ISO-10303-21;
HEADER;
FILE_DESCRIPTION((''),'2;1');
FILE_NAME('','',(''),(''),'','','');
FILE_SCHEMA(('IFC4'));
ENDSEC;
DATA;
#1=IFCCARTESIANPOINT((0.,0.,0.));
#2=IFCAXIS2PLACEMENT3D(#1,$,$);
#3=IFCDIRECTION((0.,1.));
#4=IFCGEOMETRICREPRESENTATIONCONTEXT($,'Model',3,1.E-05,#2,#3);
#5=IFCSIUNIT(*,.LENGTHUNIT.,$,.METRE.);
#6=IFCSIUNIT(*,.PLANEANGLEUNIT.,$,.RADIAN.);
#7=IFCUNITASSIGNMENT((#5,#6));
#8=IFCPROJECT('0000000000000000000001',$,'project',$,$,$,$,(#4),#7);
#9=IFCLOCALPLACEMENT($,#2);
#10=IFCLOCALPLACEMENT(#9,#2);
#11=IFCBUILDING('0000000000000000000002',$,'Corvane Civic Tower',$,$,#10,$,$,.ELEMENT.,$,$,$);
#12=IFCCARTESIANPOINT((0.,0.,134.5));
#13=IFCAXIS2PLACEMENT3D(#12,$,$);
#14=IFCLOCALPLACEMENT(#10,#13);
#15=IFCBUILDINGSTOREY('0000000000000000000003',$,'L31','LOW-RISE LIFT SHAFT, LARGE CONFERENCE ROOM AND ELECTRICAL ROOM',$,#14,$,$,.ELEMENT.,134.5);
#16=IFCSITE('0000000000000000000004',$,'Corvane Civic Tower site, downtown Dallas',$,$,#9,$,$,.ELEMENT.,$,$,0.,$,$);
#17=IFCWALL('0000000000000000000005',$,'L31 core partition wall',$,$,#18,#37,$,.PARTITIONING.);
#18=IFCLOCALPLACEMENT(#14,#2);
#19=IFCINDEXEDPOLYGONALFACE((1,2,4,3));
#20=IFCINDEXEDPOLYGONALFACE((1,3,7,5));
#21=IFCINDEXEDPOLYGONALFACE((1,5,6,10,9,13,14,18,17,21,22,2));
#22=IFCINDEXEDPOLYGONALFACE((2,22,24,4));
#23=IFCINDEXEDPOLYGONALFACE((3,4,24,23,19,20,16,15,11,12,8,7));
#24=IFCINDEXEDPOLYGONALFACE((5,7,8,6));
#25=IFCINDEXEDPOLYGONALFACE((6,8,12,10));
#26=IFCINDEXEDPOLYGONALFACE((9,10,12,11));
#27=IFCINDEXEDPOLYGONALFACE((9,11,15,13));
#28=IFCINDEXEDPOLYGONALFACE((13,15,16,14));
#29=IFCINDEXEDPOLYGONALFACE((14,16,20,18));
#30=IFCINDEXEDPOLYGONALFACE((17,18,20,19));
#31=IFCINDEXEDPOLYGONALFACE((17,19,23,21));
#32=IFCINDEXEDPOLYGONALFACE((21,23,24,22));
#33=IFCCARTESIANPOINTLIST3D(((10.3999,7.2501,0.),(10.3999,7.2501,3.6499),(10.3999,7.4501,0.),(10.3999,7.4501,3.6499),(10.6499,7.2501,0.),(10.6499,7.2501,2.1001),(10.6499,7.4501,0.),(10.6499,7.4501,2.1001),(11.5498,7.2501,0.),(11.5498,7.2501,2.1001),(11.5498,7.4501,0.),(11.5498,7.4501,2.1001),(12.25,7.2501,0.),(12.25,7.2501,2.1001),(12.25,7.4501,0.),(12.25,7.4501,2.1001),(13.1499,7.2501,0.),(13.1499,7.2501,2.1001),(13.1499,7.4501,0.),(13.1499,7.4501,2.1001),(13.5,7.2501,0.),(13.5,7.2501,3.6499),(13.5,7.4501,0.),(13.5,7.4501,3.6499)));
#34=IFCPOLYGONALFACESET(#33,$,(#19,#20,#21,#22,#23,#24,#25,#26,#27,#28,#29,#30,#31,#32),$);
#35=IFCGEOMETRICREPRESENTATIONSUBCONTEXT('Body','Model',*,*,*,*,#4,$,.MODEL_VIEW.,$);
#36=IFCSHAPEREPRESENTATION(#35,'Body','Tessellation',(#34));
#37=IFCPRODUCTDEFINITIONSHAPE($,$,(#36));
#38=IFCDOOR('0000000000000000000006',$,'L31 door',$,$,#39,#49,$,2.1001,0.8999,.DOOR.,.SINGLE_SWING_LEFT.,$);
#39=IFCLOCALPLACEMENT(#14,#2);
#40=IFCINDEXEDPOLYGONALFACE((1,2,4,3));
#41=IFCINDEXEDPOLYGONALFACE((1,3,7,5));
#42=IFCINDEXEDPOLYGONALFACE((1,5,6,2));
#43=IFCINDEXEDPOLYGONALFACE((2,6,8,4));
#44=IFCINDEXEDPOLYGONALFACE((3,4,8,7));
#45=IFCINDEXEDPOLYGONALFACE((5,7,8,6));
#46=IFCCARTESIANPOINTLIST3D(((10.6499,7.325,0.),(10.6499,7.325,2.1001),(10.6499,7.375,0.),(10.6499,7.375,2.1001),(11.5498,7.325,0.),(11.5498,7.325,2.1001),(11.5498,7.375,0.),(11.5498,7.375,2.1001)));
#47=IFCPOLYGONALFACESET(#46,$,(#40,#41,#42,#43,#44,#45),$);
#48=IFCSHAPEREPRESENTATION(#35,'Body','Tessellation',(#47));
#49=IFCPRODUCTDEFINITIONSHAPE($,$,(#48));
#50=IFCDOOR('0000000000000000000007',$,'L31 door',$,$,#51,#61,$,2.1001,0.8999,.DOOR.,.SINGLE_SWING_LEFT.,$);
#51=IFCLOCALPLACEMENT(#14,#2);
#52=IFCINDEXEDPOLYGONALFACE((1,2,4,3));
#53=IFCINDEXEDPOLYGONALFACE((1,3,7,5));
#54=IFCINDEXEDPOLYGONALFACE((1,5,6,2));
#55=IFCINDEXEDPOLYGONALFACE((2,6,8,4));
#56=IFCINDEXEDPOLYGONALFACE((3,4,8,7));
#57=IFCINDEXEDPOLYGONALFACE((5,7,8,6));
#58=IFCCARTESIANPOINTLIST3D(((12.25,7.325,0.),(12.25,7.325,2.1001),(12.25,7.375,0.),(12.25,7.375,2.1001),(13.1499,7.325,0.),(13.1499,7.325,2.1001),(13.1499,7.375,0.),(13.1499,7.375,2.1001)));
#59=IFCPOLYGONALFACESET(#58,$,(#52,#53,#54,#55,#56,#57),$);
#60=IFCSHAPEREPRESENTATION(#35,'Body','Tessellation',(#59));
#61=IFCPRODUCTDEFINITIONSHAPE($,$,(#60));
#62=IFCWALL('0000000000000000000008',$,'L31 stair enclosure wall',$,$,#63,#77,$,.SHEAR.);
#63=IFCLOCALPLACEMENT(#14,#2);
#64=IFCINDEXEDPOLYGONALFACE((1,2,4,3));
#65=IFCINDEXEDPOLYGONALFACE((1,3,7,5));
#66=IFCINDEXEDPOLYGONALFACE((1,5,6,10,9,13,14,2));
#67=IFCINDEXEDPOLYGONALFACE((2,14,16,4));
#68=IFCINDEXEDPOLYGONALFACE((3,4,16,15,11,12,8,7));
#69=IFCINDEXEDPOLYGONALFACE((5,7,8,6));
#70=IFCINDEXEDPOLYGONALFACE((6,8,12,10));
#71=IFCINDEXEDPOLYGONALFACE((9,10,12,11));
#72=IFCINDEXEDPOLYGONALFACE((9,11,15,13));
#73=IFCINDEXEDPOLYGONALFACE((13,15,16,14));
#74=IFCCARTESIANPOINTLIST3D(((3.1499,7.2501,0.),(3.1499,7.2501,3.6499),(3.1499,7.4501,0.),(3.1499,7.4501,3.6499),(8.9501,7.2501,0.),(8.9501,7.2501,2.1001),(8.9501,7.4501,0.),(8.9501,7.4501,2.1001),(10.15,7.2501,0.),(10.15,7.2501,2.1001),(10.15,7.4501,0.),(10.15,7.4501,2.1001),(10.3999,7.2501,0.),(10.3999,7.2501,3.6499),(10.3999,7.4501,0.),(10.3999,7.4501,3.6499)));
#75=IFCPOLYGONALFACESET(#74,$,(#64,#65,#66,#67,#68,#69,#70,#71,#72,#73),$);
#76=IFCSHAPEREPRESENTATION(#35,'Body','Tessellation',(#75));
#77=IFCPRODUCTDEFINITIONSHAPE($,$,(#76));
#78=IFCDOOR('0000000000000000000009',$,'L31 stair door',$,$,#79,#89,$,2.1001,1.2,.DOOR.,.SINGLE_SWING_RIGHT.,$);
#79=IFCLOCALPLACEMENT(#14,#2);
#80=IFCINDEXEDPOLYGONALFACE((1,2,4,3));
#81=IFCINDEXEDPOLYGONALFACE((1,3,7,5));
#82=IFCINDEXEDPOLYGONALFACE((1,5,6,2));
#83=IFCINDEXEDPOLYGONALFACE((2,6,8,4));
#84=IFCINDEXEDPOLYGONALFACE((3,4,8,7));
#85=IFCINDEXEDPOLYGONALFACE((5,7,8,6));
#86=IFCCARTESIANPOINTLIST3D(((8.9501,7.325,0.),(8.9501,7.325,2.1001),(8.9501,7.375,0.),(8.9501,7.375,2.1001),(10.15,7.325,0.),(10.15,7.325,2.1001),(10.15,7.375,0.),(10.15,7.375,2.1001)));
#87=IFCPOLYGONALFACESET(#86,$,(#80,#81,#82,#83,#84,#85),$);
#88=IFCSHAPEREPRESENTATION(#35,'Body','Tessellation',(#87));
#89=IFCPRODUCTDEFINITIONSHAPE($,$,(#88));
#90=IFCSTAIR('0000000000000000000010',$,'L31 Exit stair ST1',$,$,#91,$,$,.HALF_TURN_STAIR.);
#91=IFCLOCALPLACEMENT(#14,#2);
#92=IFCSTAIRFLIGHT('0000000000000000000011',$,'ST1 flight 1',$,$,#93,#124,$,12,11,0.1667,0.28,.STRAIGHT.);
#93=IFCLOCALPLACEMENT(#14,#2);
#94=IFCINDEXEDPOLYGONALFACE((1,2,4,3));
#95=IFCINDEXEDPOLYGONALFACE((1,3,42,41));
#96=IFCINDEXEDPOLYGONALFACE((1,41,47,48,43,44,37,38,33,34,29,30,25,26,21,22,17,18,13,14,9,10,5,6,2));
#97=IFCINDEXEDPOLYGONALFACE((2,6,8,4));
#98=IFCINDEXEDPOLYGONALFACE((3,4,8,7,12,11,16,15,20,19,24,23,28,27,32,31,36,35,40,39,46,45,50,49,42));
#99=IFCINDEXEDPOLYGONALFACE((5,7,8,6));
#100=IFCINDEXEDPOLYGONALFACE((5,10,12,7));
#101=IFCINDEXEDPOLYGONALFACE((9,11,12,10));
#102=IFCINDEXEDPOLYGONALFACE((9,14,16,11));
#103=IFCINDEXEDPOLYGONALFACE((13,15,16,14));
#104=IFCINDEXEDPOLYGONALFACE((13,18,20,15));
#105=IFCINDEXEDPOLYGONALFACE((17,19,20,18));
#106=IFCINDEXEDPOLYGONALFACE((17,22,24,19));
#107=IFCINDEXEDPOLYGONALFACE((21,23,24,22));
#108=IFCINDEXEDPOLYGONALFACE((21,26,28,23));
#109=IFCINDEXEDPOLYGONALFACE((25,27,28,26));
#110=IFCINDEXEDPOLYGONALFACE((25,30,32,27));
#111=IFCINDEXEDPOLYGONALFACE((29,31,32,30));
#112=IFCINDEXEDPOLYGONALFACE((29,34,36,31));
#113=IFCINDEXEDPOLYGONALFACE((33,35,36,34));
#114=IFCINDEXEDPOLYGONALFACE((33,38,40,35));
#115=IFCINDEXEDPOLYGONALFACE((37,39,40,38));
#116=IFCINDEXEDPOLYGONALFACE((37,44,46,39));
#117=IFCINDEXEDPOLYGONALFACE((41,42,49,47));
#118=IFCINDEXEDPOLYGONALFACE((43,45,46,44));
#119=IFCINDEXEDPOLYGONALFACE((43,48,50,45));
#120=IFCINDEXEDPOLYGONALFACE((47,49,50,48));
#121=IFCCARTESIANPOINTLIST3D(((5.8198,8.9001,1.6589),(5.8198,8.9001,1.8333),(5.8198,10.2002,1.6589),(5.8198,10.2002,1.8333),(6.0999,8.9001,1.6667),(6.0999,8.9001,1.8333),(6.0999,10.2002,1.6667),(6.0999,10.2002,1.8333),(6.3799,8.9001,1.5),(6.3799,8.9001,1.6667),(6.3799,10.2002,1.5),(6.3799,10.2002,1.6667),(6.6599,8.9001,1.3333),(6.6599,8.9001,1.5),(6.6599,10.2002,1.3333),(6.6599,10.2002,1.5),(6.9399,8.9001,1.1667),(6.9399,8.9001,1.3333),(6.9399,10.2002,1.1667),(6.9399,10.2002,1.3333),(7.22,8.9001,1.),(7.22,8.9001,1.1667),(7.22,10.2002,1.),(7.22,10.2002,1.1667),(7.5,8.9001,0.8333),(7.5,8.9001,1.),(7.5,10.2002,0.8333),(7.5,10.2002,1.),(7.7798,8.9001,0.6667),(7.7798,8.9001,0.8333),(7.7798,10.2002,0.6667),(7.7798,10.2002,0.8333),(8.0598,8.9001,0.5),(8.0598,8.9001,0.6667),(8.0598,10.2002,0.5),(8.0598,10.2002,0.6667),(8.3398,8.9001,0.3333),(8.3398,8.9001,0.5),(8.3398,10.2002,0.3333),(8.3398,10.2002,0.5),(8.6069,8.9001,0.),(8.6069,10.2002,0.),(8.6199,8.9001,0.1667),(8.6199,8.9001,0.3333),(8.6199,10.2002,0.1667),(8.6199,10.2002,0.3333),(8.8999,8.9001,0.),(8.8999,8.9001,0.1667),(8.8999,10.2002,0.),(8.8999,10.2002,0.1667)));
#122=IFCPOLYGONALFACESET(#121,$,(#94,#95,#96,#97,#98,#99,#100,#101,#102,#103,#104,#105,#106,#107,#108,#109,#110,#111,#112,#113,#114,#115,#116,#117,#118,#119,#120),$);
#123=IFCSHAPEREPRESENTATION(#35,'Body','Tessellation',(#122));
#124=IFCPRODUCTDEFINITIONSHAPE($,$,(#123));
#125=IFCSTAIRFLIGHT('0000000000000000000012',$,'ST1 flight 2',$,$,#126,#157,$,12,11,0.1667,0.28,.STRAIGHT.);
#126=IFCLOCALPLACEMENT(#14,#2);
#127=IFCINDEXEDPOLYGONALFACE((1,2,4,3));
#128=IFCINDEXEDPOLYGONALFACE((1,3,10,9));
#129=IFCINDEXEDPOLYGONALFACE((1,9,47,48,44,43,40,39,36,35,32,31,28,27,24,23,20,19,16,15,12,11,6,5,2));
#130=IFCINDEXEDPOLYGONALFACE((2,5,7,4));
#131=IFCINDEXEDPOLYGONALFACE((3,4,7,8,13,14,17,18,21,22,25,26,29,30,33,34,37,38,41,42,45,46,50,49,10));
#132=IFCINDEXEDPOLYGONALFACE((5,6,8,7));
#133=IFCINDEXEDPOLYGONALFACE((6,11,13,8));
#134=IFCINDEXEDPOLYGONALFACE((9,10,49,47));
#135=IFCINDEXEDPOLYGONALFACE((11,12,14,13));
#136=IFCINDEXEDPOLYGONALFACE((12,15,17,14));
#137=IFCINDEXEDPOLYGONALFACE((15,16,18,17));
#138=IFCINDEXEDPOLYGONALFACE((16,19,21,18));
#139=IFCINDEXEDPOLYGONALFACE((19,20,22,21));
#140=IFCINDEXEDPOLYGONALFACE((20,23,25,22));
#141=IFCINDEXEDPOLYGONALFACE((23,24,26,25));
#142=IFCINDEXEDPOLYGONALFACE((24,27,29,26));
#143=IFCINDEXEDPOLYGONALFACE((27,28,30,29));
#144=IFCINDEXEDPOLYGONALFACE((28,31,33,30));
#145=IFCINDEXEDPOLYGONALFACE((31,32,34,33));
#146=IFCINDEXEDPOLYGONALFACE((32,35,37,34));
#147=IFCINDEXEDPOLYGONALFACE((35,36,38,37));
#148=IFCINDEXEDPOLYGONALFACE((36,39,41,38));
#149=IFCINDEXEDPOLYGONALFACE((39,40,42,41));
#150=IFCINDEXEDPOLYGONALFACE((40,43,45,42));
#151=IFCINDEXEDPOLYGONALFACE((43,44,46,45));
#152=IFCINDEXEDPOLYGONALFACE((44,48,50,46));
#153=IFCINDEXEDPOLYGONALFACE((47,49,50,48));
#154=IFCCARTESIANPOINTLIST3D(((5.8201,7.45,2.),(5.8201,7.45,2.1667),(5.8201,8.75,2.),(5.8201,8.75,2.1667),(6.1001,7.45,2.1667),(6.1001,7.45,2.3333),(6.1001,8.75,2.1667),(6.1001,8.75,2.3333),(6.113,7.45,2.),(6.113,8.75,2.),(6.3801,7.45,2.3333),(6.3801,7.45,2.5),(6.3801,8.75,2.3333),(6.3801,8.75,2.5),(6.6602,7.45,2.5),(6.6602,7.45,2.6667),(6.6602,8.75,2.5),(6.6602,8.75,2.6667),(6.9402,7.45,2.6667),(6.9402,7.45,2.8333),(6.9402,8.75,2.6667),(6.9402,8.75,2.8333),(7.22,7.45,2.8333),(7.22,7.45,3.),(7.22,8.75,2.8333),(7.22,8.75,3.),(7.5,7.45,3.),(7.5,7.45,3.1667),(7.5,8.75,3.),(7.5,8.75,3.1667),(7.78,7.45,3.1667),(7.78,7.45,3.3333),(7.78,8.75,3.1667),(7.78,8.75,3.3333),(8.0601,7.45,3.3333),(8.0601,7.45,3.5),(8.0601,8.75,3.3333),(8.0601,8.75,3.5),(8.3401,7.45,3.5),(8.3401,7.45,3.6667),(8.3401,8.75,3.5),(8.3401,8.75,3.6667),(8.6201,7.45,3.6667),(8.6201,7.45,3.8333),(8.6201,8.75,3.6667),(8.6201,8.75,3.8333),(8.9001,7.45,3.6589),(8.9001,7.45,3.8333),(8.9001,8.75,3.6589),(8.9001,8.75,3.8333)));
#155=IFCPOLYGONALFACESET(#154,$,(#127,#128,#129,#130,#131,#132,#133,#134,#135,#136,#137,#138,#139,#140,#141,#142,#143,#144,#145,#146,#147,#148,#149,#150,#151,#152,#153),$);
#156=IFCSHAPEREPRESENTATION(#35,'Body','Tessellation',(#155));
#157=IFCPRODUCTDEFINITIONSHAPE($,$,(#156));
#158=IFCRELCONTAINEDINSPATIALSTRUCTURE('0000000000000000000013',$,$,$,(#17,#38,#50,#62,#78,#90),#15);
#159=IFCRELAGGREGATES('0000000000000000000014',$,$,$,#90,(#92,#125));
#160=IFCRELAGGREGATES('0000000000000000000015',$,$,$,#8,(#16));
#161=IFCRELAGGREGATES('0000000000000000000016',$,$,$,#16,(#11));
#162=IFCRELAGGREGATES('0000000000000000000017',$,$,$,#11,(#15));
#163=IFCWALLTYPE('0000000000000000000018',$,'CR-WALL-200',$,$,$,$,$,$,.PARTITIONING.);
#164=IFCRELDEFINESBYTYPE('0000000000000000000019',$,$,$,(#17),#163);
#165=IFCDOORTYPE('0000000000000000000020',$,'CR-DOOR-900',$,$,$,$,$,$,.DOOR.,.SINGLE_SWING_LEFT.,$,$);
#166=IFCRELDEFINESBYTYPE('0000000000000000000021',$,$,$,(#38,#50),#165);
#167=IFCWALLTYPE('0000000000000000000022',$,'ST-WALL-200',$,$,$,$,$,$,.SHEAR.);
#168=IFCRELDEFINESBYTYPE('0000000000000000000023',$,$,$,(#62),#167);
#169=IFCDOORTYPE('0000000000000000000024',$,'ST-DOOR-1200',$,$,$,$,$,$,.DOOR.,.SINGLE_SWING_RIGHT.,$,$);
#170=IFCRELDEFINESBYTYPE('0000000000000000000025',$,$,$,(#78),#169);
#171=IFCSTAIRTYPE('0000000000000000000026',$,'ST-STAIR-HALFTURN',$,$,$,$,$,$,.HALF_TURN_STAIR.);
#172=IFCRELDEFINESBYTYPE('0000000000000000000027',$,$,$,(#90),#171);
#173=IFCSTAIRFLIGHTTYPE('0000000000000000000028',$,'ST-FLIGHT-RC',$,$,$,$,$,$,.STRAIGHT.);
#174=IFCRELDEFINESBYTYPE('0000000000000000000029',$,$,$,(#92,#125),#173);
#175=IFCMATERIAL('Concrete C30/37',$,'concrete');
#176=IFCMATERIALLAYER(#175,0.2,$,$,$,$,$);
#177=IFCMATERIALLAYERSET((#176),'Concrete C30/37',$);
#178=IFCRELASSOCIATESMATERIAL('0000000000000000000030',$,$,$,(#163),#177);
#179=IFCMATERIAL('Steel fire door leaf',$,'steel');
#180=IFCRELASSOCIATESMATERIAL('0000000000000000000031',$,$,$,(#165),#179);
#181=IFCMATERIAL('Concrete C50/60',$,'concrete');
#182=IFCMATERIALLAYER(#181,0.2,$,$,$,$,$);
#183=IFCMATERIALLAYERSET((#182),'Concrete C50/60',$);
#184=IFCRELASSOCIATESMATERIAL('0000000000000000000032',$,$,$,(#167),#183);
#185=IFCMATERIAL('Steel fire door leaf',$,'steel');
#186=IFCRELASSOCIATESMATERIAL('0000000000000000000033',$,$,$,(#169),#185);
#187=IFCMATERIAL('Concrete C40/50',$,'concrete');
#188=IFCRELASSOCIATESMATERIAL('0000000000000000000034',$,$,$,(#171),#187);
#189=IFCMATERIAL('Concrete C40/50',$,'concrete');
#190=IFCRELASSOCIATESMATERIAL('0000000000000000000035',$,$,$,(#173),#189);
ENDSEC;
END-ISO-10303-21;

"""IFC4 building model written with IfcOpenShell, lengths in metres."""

from ifc_helpers import new_model, si_unit, direction, frame, frame_2d, origin, place, context, subcontext, project, spatial, polyline, rectangle, outline, extrude, material, layer, layer_set, type_object, element, fill, aggregate, save


model = new_model("IFC4")

# Units and contexts
model_context = context("Model", 3, precision=1e-05, world=origin(), true_north=direction((0.0, 1.0)))
body_context = subcontext(model_context, "Body", "Model", "MODEL_VIEW")
ifc_project = project(units=[si_unit("LENGTHUNIT", "METRE"), si_unit("PLANEANGLEUNIT", "RADIAN")], contexts=[model_context])

# Site, building, storey
site_placement = place(None, origin())
site = spatial("IfcSite", under=ifc_project, at=site_placement, Name="Corvane Civic Tower site, downtown Dallas", CompositionType="ELEMENT", RefElevation=0.0)
building_placement = place(site_placement, origin())
building = spatial("IfcBuilding", under=site, at=building_placement, Name="Corvane Civic Tower", CompositionType="ELEMENT")
storey_placement = place(building_placement, frame((0.0, 0.0, 134.5)))
storey = spatial("IfcBuildingStorey", under=building, at=storey_placement, Name="L31", Description="LOW-RISE LIFT SHAFT, LARGE CONFERENCE ROOM AND ELECTRICAL ROOM", CompositionType="ELEMENT", Elevation=134.5)

# Wall, openings, doors
ifc_material_1 = material(Name="Concrete C30/37", Category="concrete")
ifc_layer_1 = layer(ifc_material_1, 0.2)
ifc_layer_set_1 = layer_set([ifc_layer_1], Name="Concrete C30/37")
wall_type_1 = type_object("IfcWallType", Name="CR-WALL-200", PredefinedType="PARTITIONING", material=ifc_layer_set_1)
wall_1_placement = place(storey_placement, frame((10.3999, 7.3501, 0.0), z_axis=(0.0, 0.0, 1.0), x_axis=(1.0, 0.0, 0.0)))
wall_1 = element("IfcWall", 1, at=wall_1_placement, inside=storey, type_object=wall_type_1, Name="L31 core partition wall", PredefinedType="PARTITIONING", context=body_context, shape_type="SweptSolid", body=[
    extrude(rectangle(XDim=3.1001, YDim=0.2, at=frame_2d((1.55, 0.0))), origin(), (0.0, 0.0, 1.0), 3.6499),
])
opening_1_placement = place(wall_1_placement, frame((0.25, 0.0, 0.0)))
opening_1 = element("IfcOpeningElement", 2, at=opening_1_placement, cuts=wall_1, PredefinedType="OPENING", context=body_context, shape_type="SweptSolid", body=[
    extrude(rectangle(XDim=0.8999, YDim=2.1001, at=frame_2d((0.45, 1.05))), frame((0.0, 0.1099, 0.0), z_axis=(0.0, -1.0, 0.0), x_axis=(1.0, 0.0, 0.0)), (0.0, 0.0, 1.0), 0.22),
])
opening_2_placement = place(wall_1_placement, frame((1.8501, 0.0, 0.0)))
opening_2 = element("IfcOpeningElement", 3, at=opening_2_placement, cuts=wall_1, PredefinedType="OPENING", context=body_context, shape_type="SweptSolid", body=[
    extrude(rectangle(XDim=0.8999, YDim=2.1001, at=frame_2d((0.45, 1.05))), frame((0.0, 0.1099, 0.0), z_axis=(0.0, -1.0, 0.0), x_axis=(1.0, 0.0, 0.0)), (0.0, 0.0, 1.0), 0.22),
])
ifc_material_2 = material(Name="Steel fire door leaf", Category="steel")
door_type_1 = type_object("IfcDoorType", Name="CR-DOOR-900", OperationType="SINGLE_SWING_LEFT", PredefinedType="DOOR", material=ifc_material_2)
door_1_placement = place(opening_1_placement, origin())
door_1 = element("IfcDoor", 4, at=door_1_placement, inside=storey, type_object=door_type_1, Name="L31 door", OperationType="SINGLE_SWING_LEFT", OverallHeight=2.1001, OverallWidth=0.8999, PredefinedType="DOOR", context=body_context, shape_type="SweptSolid", body=[
    extrude(rectangle(XDim=0.8999, YDim=2.1001, at=frame_2d((0.45, 1.05))), frame((0.0, 0.0249, 0.0), z_axis=(0.0, -1.0, 0.0), x_axis=(1.0, 0.0, 0.0)), (0.0, 0.0, 1.0), 0.05),
])
fill(opening_1, door_1)
door_2_placement = place(opening_2_placement, origin())
door_2 = element("IfcDoor", 5, at=door_2_placement, inside=storey, type_object=door_type_1, Name="L31 door", OperationType="SINGLE_SWING_LEFT", OverallHeight=2.1001, OverallWidth=0.8999, PredefinedType="DOOR", context=body_context, shape_type="SweptSolid", body=[
    extrude(rectangle(XDim=0.8999, YDim=2.1001, at=frame_2d((0.45, 1.05))), frame((0.0, 0.0249, 0.0), z_axis=(0.0, -1.0, 0.0), x_axis=(1.0, 0.0, 0.0)), (0.0, 0.0, 1.0), 0.05),
])
fill(opening_2, door_2)

# Wall, opening, door
ifc_material_3 = material(Name="Concrete C50/60", Category="concrete")
ifc_layer_2 = layer(ifc_material_3, 0.2)
ifc_layer_set_2 = layer_set([ifc_layer_2], Name="Concrete C50/60")
wall_type_2 = type_object("IfcWallType", Name="ST-WALL-200", PredefinedType="SHEAR", material=ifc_layer_set_2)
wall_2_placement = place(storey_placement, frame((3.1499, 7.3501, 0.0), z_axis=(0.0, 0.0, 1.0), x_axis=(1.0, 0.0, 0.0)))
wall_2 = element("IfcWall", 6, at=wall_2_placement, inside=storey, type_object=wall_type_2, Name="L31 stair enclosure wall", PredefinedType="SHEAR", context=body_context, shape_type="SweptSolid", body=[
    extrude(rectangle(XDim=7.25, YDim=0.2, at=frame_2d((3.625, 0.0))), origin(), (0.0, 0.0, 1.0), 3.6499),
])
opening_3_placement = place(wall_2_placement, frame((5.8, 0.0, 0.0)))
opening_3 = element("IfcOpeningElement", 7, at=opening_3_placement, cuts=wall_2, PredefinedType="OPENING", context=body_context, shape_type="SweptSolid", body=[
    extrude(rectangle(XDim=1.2, YDim=2.1001, at=frame_2d((0.6001, 1.05))), frame((0.0, 0.1099, 0.0), z_axis=(0.0, -1.0, 0.0), x_axis=(1.0, 0.0, 0.0)), (0.0, 0.0, 1.0), 0.22),
])
ifc_material_4 = material(Name="Steel fire door leaf", Category="steel")
door_type_2 = type_object("IfcDoorType", Name="ST-DOOR-1200", OperationType="SINGLE_SWING_RIGHT", PredefinedType="DOOR", material=ifc_material_4)
door_3_placement = place(opening_3_placement, origin())
door_3 = element("IfcDoor", 8, at=door_3_placement, inside=storey, type_object=door_type_2, Name="L31 stair door", OperationType="SINGLE_SWING_RIGHT", OverallHeight=2.1001, OverallWidth=1.2, PredefinedType="DOOR", context=body_context, shape_type="SweptSolid", body=[
    extrude(rectangle(XDim=1.2, YDim=2.1001, at=frame_2d((0.6001, 1.05))), frame((0.0, 0.0249, 0.0), z_axis=(0.0, -1.0, 0.0), x_axis=(1.0, 0.0, 0.0)), (0.0, 0.0, 1.0), 0.05),
])
fill(opening_3, door_3)

# Stair, stair flights
ifc_material_5 = material(Name="Concrete C40/50", Category="concrete")
stair_type = type_object("IfcStairType", Name="ST-STAIR-HALFTURN", PredefinedType="HALF_TURN_STAIR", material=ifc_material_5)
stair_placement = place(storey_placement, origin())
stair = element("IfcStair", 9, at=stair_placement, inside=storey, type_object=stair_type, Name="L31 Exit stair ST1", PredefinedType="HALF_TURN_STAIR")
ifc_material_6 = material(Name="Concrete C40/50", Category="concrete")
stair_flight_type = type_object("IfcStairFlightType", Name="ST-FLIGHT-RC", PredefinedType="STRAIGHT", material=ifc_material_6)
stair_flight_1_placement = place(storey_placement, frame((8.8999, 9.55, 0.0), z_axis=(0.0, 0.0, 1.0), x_axis=(-1.0, 0.0, 0.0)))
stair_flight_1 = element("IfcStairFlight", 10, at=stair_flight_1_placement, type_object=stair_flight_type, Name="ST1 flight 1", NumberOfRisers=12, NumberOfTreads=11, PredefinedType="STRAIGHT", RiserHeight=0.1667, TreadLength=0.28, context=body_context, shape_type="SweptSolid", body=[
    extrude(outline(polyline([(0.0, 0.0), (0.0, 0.1667), (0.28, 0.1667), (0.28, 0.3333), (0.5601, 0.3333), (0.5601, 0.5), (0.8401, 0.5), (0.8401, 0.6667), (1.1201, 0.6667), (1.1201, 0.8333), (1.3999, 0.8333), (1.3999, 1.0), (1.6799, 1.0), (1.6799, 1.1667), (1.96, 1.1667), (1.96, 1.3333), (2.24, 1.3333), (2.24, 1.5), (2.52, 1.5), (2.52, 1.6667), (2.8, 1.6667), (2.8, 1.8333), (3.0801, 1.8333), (3.0801, 2.0), (3.0801, 1.6589), (0.293, 0.0), (0.0, 0.0)])), frame((0.0, 0.6499, 0.0), z_axis=(0.0, -1.0, 0.0), x_axis=(1.0, 0.0, 0.0)), (0.0, 0.0, 1.0), 1.3),
])
stair_flight_2_placement = place(storey_placement, frame((5.8201, 8.1001, 2.0), z_axis=(0.0, 0.0, 1.0), x_axis=(1.0, 0.0, 0.0)))
stair_flight_2 = element("IfcStairFlight", 11, at=stair_flight_2_placement, type_object=stair_flight_type, Name="ST1 flight 2", NumberOfRisers=12, NumberOfTreads=11, PredefinedType="STRAIGHT", RiserHeight=0.1667, TreadLength=0.28, context=body_context, shape_type="SweptSolid", body=[
    extrude(outline(polyline([(0.0, 0.0), (0.0, 0.1667), (0.28, 0.1667), (0.28, 0.3333), (0.5601, 0.3333), (0.5601, 0.5), (0.8401, 0.5), (0.8401, 0.6667), (1.1201, 0.6667), (1.1201, 0.8333), (1.3999, 0.8333), (1.3999, 1.0), (1.6799, 1.0), (1.6799, 1.1667), (1.96, 1.1667), (1.96, 1.3333), (2.24, 1.3333), (2.24, 1.5), (2.52, 1.5), (2.52, 1.6667), (2.8, 1.6667), (2.8, 1.8333), (3.0801, 1.8333), (3.0801, 2.0), (3.0801, 1.6589), (0.293, 0.0), (0.0, 0.0)])), frame((0.0, 0.6499, 0.0), z_axis=(0.0, -1.0, 0.0), x_axis=(1.0, 0.0, 0.0)), (0.0, 0.0, 1.0), 1.3),
])
aggregate(stair, [stair_flight_1, stair_flight_2])

save(model, "model.ifc")
